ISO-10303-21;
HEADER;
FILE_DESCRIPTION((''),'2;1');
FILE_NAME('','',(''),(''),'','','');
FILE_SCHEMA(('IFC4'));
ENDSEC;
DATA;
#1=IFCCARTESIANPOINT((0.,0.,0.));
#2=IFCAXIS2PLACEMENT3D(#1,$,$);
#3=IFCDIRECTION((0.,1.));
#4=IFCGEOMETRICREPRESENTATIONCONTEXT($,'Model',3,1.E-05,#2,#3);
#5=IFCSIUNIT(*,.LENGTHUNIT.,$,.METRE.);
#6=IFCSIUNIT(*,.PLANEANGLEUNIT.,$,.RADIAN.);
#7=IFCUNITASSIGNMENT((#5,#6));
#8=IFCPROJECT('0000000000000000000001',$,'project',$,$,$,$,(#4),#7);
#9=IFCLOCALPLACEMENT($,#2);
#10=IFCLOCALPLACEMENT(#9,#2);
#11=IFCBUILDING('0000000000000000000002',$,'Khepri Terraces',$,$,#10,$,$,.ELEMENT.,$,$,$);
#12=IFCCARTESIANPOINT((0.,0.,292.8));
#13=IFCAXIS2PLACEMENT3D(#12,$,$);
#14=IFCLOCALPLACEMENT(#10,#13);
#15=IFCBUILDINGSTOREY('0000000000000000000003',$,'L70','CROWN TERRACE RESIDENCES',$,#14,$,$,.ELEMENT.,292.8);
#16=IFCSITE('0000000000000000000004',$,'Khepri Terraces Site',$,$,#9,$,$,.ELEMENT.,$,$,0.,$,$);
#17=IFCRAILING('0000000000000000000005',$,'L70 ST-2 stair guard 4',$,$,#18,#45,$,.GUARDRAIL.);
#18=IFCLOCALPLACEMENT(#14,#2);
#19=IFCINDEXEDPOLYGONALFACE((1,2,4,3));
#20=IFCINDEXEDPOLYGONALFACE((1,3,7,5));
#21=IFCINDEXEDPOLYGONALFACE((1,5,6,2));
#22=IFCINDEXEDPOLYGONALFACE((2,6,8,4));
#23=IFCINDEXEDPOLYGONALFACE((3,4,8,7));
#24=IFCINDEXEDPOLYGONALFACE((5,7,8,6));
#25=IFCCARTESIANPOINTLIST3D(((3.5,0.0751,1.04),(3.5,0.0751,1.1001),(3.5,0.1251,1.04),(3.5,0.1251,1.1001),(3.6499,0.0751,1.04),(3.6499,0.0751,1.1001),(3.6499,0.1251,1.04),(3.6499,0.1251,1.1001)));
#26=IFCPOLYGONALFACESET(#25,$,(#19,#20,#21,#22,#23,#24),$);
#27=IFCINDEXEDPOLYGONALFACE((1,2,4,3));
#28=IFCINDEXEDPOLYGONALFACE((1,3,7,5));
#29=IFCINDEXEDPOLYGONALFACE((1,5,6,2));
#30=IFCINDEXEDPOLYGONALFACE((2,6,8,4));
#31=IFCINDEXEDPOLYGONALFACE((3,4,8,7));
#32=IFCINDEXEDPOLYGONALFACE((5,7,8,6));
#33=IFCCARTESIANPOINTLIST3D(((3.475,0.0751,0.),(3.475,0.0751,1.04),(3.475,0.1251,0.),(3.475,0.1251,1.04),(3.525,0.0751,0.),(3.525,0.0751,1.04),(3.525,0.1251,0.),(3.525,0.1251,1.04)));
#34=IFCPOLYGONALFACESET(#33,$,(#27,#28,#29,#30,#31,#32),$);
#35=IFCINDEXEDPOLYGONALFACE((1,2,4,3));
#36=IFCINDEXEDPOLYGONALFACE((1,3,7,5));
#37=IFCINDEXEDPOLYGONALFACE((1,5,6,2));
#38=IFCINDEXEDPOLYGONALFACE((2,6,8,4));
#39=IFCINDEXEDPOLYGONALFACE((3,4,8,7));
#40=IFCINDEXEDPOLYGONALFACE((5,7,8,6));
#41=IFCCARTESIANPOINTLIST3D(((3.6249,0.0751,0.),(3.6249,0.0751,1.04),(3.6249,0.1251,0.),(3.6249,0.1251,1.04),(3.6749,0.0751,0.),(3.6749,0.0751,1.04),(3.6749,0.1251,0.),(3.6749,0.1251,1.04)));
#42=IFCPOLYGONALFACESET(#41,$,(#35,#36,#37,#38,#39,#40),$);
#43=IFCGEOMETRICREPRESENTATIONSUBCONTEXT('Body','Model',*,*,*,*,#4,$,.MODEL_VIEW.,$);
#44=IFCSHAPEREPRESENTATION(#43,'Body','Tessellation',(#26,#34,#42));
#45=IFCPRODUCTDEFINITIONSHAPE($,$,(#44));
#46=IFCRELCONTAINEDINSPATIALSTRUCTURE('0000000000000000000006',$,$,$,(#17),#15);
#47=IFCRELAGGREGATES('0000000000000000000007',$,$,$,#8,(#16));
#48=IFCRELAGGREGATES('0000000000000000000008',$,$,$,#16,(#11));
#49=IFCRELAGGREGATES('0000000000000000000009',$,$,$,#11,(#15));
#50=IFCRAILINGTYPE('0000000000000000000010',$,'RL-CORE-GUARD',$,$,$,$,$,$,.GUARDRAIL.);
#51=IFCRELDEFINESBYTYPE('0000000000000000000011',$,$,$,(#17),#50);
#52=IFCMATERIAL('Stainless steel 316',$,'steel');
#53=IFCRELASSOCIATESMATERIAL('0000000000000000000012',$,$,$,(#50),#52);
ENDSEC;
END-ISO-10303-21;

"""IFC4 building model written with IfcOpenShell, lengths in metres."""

from ifc_helpers import new_model, si_unit, direction, frame, origin, origin_2d, place, context, subcontext, project, spatial, rectangle, extrude, material, type_object, element, save


model = new_model("IFC4")

# Units and contexts
model_context = context("Model", 3, precision=1e-05, world=origin(), true_north=direction((0.0, 1.0)))
body_context = subcontext(model_context, "Body", "Model", "MODEL_VIEW")
ifc_project = project(units=[si_unit("LENGTHUNIT", "METRE"), si_unit("PLANEANGLEUNIT", "RADIAN")], contexts=[model_context])

# Site, building, storey
site_placement = place(None, origin())
site = spatial("IfcSite", under=ifc_project, at=site_placement, Name="Khepri Terraces Site", CompositionType="ELEMENT", RefElevation=0.0)
building_placement = place(site_placement, origin())
building = spatial("IfcBuilding", under=site, at=building_placement, Name="Khepri Terraces", CompositionType="ELEMENT")
storey_placement = place(building_placement, frame((0.0, 0.0, 292.8)))
storey = spatial("IfcBuildingStorey", under=building, at=storey_placement, Name="L70", Description="CROWN TERRACE RESIDENCES", CompositionType="ELEMENT", Elevation=292.8)

# Railing
ifc_material_1 = material(Name="Stainless steel 316", Category="steel")
railing_type = type_object("IfcRailingType", Name="RL-CORE-GUARD", PredefinedType="GUARDRAIL", material=ifc_material_1)
railing_placement = place(storey_placement, frame((3.5, 0.1001, 0.0)))
element("IfcRailing", 1, at=railing_placement, inside=storey, type_object=railing_type, Name="L70 ST-2 stair guard 4", PredefinedType="GUARDRAIL", context=body_context, shape_type="SweptSolid", body=[
    extrude(rectangle(XDim=0.05, YDim=0.0601, at=origin_2d()), frame((0.0, 0.0, 1.0701), z_axis=(1.0, 0.0, 0.0), x_axis=(0.0, 1.0, 0.0)), (0.0, 0.0, 1.0), 0.1499),
    extrude(rectangle(XDim=0.05, YDim=0.05, at=origin_2d()), origin(), (0.0, 0.0, 1.0), 1.04),
    extrude(rectangle(XDim=0.05, YDim=0.05, at=origin_2d()), frame((0.1499, 0.0, 0.0)), (0.0, 0.0, 1.0), 1.04),
])

save(model, "model.ifc")
